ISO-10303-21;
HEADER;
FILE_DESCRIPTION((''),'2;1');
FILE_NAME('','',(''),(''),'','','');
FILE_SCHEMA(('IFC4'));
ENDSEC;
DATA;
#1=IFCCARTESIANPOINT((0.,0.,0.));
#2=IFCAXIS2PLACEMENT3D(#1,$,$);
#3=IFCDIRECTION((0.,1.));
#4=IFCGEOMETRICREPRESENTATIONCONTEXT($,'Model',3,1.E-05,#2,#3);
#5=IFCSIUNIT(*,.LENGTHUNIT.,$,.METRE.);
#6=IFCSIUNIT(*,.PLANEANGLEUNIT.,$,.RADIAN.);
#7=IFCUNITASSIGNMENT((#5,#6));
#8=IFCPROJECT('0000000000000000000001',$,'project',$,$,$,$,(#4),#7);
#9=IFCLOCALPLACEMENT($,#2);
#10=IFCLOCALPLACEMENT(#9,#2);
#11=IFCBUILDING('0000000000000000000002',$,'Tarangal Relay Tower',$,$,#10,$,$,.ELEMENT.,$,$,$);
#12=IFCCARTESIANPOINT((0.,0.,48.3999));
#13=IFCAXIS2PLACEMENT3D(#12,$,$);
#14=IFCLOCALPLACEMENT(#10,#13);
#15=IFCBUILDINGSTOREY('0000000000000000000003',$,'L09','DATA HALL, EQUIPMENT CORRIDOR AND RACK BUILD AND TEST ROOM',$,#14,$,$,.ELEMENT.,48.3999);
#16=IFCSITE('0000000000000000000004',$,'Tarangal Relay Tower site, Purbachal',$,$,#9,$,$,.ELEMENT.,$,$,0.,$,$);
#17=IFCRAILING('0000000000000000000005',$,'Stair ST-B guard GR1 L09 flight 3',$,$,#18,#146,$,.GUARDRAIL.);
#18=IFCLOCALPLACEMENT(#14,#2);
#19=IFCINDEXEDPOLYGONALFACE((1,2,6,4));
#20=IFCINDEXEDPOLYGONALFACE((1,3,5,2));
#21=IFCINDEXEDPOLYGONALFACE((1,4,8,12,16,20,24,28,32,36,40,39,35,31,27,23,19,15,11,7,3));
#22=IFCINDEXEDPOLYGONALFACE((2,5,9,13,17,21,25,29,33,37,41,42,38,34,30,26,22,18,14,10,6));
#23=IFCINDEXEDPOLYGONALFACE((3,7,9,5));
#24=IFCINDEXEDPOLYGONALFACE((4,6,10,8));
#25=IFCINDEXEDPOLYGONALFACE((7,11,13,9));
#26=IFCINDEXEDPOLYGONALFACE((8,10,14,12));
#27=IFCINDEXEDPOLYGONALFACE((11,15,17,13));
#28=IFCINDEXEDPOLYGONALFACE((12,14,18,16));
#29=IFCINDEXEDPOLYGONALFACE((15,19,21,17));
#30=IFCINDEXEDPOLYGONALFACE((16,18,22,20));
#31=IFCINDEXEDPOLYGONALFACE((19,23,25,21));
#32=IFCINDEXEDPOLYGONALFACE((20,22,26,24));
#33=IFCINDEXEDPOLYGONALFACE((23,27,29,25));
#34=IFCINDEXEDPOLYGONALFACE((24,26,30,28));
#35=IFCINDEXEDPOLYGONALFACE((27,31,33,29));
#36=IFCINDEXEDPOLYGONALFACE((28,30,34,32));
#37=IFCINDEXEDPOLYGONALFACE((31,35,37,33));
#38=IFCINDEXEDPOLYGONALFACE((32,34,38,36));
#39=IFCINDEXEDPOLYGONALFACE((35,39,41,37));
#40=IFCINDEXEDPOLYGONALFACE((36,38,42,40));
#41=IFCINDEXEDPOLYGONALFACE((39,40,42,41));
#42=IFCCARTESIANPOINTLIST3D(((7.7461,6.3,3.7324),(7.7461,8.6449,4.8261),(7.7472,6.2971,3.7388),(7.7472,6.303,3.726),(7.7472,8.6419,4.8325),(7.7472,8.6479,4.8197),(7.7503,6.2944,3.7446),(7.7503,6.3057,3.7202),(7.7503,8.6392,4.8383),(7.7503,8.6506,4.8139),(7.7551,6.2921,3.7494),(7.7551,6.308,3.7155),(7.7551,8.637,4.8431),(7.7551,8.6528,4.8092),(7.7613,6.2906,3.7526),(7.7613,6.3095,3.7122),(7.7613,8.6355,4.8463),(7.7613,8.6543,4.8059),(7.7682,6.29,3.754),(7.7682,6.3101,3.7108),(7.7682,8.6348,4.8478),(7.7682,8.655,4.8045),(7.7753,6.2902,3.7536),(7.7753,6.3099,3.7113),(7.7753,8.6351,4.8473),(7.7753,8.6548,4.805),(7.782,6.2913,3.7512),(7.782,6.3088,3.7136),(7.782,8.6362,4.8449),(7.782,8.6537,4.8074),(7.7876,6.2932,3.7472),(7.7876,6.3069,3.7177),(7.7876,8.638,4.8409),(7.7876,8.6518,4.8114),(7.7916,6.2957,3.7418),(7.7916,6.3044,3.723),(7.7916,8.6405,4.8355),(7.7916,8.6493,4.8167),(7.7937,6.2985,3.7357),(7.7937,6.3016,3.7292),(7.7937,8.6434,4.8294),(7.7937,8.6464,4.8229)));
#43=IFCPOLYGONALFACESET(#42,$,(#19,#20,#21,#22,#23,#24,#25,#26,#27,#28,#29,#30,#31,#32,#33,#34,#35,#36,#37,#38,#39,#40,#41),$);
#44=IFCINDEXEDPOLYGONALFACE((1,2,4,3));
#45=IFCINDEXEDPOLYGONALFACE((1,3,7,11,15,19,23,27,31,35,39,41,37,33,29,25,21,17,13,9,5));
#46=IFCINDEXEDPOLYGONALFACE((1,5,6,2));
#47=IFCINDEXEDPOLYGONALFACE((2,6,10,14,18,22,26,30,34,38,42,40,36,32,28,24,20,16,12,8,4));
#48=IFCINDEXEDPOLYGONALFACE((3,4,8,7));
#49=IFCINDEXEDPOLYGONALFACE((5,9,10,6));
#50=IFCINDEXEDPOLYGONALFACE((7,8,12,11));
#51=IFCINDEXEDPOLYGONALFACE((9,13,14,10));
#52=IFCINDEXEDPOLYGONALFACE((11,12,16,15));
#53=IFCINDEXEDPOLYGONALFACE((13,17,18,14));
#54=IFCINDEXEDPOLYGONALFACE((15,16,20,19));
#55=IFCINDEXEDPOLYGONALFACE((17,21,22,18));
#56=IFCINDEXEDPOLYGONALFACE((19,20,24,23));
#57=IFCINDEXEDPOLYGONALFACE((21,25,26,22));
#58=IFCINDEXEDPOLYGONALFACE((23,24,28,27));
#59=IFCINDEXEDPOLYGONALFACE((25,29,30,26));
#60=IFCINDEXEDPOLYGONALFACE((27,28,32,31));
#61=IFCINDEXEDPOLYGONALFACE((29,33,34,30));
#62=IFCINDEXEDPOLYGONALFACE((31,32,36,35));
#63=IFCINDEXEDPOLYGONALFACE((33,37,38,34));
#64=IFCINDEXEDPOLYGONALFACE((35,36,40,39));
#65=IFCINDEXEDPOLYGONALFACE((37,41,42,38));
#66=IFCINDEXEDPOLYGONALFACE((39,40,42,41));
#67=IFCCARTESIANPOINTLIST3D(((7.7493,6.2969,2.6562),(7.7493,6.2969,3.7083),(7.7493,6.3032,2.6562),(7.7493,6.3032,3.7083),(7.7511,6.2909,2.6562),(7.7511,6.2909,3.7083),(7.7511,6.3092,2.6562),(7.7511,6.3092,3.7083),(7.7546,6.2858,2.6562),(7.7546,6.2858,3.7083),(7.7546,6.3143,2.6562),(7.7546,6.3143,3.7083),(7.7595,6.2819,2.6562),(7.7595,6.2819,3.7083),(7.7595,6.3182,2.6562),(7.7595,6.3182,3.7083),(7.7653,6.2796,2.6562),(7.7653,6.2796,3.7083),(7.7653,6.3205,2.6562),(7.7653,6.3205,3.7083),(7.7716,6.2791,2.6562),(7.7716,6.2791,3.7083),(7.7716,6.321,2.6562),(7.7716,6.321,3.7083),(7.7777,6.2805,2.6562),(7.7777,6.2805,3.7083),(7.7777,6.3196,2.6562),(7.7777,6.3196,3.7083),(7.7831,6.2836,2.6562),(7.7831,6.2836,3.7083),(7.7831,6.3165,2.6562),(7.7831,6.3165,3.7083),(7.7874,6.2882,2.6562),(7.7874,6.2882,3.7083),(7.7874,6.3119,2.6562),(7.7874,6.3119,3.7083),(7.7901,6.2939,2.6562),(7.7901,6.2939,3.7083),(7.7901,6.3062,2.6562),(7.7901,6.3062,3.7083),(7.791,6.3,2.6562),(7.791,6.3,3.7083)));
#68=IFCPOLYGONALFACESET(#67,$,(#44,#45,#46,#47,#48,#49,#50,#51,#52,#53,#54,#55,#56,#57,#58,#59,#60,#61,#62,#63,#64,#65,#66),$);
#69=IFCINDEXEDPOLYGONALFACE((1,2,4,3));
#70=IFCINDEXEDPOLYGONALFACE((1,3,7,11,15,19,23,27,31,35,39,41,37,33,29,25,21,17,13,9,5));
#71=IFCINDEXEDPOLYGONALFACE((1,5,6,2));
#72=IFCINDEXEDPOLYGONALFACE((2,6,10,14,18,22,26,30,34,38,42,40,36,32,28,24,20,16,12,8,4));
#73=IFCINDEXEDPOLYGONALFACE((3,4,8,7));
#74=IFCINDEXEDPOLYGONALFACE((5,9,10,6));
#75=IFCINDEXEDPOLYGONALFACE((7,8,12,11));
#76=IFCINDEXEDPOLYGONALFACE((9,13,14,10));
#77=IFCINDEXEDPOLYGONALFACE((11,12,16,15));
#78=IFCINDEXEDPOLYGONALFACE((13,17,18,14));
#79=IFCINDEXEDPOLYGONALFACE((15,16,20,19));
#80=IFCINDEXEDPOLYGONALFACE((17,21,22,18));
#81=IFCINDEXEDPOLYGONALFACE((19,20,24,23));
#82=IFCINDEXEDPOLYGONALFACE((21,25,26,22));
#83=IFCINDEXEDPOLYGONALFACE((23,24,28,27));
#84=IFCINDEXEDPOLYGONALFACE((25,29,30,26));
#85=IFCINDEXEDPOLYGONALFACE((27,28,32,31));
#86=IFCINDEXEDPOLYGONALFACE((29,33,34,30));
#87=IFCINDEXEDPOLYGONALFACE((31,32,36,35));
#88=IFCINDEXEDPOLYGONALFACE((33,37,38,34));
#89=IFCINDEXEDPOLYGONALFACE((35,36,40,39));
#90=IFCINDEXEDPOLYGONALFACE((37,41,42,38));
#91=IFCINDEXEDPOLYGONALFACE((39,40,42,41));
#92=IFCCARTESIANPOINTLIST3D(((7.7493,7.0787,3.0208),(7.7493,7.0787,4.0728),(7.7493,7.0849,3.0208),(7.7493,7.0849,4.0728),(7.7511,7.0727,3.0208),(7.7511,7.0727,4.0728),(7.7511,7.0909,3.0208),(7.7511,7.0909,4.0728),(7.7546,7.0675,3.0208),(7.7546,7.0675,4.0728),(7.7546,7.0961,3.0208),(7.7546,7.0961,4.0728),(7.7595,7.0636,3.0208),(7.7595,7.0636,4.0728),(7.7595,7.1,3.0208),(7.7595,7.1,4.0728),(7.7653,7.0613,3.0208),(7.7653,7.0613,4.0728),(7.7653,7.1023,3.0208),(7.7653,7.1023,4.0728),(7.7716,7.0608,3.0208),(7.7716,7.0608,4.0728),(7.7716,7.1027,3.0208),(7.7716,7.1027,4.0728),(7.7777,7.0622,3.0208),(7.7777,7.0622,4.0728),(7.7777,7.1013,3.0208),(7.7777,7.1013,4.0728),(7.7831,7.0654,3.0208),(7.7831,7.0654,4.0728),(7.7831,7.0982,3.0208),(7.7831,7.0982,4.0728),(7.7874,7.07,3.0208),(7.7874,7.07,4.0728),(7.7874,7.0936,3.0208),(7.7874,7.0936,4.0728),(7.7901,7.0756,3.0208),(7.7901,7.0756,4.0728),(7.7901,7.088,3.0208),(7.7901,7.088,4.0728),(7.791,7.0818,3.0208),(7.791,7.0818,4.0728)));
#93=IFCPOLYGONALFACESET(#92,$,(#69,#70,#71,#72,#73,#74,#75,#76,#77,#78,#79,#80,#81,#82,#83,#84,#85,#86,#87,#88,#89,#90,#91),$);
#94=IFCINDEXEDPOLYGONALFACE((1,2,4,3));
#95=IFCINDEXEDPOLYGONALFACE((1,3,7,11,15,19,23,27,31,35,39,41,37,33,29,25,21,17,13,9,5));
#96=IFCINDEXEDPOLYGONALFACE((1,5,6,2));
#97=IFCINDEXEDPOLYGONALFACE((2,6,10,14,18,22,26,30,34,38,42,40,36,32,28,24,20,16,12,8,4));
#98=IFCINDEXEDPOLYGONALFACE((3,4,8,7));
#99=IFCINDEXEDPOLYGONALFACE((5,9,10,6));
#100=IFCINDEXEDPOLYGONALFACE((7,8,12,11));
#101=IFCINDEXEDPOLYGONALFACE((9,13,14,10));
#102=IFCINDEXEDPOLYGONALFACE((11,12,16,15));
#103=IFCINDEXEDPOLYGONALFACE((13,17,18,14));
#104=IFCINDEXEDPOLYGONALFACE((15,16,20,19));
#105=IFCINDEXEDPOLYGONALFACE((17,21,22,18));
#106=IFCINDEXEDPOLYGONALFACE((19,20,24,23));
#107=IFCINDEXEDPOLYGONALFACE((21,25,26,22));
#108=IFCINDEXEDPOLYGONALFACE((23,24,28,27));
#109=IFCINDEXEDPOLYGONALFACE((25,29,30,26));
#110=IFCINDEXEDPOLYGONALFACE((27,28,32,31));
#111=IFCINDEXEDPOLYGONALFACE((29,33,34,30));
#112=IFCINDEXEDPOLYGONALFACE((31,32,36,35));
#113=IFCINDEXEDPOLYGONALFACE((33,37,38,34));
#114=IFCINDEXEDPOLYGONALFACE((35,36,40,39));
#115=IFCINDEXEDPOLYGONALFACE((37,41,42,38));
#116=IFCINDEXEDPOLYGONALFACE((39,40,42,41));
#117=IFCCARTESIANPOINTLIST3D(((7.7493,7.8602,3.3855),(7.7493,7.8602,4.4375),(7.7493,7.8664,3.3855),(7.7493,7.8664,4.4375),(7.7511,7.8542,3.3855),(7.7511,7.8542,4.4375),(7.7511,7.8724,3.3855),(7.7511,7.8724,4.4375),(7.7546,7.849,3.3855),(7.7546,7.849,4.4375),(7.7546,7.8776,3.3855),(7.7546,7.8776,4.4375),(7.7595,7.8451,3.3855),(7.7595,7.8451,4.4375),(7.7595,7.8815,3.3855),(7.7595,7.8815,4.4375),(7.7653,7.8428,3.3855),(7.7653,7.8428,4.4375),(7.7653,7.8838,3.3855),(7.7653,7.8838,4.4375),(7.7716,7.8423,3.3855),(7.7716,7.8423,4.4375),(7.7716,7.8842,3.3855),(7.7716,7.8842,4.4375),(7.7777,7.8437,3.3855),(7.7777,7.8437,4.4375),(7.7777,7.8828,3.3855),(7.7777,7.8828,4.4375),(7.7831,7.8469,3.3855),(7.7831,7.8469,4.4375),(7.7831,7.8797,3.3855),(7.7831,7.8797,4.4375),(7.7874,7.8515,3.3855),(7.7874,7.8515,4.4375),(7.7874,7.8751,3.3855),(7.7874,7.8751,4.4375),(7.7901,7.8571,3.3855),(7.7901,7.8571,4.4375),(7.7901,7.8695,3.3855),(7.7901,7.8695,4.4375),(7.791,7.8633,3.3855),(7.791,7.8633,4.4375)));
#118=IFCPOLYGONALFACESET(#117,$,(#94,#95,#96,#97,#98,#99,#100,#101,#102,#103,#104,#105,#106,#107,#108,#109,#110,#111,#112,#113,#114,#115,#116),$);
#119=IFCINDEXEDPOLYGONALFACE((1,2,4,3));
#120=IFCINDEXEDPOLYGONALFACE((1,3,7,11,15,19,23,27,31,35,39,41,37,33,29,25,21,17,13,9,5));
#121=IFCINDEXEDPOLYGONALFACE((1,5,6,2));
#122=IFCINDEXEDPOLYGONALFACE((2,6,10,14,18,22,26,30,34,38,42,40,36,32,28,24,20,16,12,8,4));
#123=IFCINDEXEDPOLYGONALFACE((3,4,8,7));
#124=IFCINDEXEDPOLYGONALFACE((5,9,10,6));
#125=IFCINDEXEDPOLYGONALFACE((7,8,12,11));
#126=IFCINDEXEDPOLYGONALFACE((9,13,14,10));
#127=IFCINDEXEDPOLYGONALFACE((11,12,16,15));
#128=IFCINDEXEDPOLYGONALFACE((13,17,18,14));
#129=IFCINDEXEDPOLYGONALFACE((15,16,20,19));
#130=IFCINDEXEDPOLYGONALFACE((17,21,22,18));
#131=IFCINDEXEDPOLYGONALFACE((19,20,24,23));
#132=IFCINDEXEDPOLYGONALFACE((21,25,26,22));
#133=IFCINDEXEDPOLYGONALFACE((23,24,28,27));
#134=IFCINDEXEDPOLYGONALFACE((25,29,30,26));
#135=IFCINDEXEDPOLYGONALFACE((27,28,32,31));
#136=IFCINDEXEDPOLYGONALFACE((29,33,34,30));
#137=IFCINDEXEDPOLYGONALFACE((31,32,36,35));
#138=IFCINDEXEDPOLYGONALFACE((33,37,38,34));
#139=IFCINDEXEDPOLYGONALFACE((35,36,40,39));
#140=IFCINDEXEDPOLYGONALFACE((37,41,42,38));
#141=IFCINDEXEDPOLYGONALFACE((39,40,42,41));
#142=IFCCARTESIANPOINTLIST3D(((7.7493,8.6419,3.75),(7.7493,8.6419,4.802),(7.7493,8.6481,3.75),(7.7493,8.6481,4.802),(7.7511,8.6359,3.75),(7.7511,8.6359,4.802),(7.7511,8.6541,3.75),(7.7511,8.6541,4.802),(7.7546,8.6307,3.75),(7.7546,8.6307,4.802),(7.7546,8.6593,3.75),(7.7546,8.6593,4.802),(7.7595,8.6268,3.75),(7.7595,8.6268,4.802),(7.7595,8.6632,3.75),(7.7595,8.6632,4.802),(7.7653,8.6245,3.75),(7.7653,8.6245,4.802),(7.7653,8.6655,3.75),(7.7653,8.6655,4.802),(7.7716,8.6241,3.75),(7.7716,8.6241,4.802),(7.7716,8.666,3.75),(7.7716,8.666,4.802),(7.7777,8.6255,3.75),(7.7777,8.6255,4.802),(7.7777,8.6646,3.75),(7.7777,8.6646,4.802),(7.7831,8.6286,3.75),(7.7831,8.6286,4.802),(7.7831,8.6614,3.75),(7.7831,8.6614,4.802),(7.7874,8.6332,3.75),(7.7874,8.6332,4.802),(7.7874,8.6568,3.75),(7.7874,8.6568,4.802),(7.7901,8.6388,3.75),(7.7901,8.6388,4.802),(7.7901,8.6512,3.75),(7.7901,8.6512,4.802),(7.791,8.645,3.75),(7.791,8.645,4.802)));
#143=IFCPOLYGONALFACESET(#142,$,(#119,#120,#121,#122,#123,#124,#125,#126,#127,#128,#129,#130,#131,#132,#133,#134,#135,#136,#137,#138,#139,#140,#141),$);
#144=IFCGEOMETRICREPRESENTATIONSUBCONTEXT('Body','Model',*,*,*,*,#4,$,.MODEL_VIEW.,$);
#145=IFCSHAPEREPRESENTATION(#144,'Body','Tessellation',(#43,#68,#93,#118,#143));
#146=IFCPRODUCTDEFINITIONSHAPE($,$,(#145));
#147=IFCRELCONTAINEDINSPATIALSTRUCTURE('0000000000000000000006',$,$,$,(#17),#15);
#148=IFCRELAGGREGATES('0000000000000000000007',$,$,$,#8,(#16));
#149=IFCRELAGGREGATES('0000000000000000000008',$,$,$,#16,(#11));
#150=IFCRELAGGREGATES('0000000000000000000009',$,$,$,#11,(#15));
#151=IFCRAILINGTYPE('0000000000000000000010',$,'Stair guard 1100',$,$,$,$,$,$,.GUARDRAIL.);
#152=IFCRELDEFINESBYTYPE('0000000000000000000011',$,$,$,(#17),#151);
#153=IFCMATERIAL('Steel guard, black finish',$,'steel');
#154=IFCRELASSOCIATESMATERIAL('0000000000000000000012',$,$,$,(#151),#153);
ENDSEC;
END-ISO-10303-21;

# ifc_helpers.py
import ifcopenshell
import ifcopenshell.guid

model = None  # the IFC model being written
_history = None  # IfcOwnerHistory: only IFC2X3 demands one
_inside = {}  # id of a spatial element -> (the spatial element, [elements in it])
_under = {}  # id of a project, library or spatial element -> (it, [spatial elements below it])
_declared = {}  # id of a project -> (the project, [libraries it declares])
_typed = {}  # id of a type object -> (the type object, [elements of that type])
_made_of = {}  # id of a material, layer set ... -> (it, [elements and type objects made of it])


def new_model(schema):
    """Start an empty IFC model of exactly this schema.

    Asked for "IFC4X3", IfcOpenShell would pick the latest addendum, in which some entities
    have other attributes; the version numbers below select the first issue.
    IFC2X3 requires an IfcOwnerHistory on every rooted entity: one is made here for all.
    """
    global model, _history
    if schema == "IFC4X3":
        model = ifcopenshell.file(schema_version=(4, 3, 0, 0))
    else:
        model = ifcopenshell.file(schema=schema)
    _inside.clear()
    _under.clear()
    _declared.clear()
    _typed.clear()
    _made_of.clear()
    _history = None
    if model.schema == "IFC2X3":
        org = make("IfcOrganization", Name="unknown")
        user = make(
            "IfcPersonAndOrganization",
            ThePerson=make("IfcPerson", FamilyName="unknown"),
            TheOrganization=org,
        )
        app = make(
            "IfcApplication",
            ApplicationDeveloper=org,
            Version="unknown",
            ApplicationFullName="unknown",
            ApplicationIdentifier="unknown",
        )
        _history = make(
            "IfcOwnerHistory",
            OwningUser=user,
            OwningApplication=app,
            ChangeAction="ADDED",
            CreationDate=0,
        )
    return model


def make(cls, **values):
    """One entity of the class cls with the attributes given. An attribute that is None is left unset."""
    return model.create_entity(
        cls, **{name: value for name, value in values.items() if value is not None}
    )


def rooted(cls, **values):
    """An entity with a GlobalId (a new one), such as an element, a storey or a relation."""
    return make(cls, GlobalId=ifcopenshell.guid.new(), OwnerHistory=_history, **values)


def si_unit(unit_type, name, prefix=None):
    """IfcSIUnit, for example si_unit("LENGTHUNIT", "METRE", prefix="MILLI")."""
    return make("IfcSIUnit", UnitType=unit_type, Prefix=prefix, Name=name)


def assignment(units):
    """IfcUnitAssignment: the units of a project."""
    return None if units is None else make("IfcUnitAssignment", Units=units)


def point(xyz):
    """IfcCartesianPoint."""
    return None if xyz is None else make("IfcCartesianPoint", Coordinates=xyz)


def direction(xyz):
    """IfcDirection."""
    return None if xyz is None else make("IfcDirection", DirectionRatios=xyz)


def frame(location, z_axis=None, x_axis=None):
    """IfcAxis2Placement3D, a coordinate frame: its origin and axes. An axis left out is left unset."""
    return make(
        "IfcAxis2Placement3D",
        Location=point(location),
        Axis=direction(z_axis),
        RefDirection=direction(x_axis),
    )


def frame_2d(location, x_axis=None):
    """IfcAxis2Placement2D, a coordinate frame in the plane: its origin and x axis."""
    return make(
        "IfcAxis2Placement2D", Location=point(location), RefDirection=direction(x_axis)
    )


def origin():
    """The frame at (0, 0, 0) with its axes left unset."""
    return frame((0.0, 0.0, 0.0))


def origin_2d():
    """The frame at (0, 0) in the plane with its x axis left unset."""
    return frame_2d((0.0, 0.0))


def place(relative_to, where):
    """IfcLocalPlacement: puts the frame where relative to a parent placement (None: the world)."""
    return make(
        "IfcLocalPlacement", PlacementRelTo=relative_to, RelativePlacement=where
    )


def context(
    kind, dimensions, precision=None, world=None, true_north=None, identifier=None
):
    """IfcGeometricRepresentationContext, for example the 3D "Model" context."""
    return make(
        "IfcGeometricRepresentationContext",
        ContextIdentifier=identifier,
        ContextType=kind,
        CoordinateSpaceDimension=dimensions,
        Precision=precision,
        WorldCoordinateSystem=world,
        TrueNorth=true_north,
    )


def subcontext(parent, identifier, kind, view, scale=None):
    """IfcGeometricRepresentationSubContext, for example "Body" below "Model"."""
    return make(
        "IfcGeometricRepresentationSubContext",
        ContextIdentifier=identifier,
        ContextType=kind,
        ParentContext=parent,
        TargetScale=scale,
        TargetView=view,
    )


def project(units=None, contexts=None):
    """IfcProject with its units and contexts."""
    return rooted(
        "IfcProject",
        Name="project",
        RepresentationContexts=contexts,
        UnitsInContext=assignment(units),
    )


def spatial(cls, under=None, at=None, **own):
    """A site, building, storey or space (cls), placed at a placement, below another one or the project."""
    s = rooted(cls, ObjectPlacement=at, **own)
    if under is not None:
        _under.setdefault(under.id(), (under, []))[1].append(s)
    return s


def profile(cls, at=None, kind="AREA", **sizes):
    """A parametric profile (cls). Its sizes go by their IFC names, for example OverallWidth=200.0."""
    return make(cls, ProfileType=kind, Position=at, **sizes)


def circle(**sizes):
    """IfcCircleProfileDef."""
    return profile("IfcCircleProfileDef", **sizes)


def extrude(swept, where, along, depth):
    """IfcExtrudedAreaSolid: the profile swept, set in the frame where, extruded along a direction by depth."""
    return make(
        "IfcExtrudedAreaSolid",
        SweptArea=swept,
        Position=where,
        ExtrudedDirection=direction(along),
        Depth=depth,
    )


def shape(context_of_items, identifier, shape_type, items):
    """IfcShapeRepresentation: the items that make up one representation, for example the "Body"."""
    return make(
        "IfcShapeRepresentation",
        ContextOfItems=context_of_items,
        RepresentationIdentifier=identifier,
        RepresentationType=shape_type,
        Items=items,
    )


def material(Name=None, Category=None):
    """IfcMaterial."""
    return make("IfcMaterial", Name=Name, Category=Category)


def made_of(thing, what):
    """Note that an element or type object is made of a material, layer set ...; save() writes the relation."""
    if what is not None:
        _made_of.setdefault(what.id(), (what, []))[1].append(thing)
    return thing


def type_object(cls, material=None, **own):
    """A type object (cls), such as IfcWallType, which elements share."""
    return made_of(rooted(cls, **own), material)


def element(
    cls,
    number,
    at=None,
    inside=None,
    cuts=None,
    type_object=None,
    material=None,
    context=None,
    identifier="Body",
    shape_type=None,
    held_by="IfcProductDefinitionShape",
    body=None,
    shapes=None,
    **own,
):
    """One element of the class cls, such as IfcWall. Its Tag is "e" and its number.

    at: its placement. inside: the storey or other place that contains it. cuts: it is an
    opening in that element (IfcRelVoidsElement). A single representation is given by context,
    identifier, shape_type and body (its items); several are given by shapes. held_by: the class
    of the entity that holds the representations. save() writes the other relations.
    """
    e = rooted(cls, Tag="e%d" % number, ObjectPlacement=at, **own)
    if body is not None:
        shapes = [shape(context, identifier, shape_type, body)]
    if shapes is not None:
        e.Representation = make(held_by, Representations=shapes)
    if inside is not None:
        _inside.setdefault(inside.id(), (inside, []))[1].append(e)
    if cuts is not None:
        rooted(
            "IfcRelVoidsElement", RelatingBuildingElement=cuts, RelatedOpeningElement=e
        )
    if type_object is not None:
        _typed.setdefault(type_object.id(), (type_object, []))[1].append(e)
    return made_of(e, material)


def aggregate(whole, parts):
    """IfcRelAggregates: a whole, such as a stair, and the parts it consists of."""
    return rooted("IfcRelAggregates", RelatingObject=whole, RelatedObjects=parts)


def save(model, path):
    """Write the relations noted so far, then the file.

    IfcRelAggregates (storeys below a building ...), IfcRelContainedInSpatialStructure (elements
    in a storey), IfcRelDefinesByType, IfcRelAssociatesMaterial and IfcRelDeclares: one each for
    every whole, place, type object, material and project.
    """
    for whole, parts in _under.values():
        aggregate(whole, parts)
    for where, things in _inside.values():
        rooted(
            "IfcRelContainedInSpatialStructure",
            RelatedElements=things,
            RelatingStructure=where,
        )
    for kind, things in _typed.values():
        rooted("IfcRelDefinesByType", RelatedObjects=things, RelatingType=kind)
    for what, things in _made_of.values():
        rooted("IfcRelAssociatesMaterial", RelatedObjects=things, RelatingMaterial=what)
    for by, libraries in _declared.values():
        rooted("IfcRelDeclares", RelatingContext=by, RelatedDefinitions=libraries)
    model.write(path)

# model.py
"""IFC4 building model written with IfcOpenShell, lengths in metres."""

from ifc_helpers import new_model, si_unit, direction, frame, origin, origin_2d, place, context, subcontext, project, spatial, circle, extrude, material, type_object, element, save


model = new_model("IFC4")

# Units and contexts
model_context = context("Model", 3, precision=1e-05, world=origin(), true_north=direction((0.0, 1.0)))
body_context = subcontext(model_context, "Body", "Model", "MODEL_VIEW")
ifc_project = project(units=[si_unit("LENGTHUNIT", "METRE"), si_unit("PLANEANGLEUNIT", "RADIAN")], contexts=[model_context])

# Site, building, storey
site_placement = place(None, origin())
site = spatial("IfcSite", under=ifc_project, at=site_placement, Name="Tarangal Relay Tower site, Purbachal", CompositionType="ELEMENT", RefElevation=0.0)
building_placement = place(site_placement, origin())
building = spatial("IfcBuilding", under=site, at=building_placement, Name="Tarangal Relay Tower", CompositionType="ELEMENT")
storey_placement = place(building_placement, frame((0.0, 0.0, 48.3999)))
storey = spatial("IfcBuildingStorey", under=building, at=storey_placement, Name="L09", Description="DATA HALL, EQUIPMENT CORRIDOR AND RACK BUILD AND TEST ROOM", CompositionType="ELEMENT", Elevation=48.3999)

# Railing
ifc_material_1 = material(Name="Steel guard, black finish", Category="steel")
railing_type_1 = type_object("IfcRailingType", Name="Stair guard 1100", PredefinedType="GUARDRAIL", material=ifc_material_1)
railing_1_placement = place(storey_placement, frame((7.77, 6.3, 2.6562)))
element("IfcRailing", 1, at=railing_1_placement, inside=storey, type_object=railing_type_1, Name="Stair ST-B guard GR1 L09 flight 3", PredefinedType="GUARDRAIL", context=body_context, shape_type="SweptSolid", body=[
    extrude(circle(Radius=0.0239, at=origin_2d()), frame((0.0, 0.0, 1.0762), z_axis=(0.0, 0.906267, 0.422705), x_axis=(-1.0, 0.0, 0.0)), (0.0, 0.0, 1.0), 2.5874),
    extrude(circle(Radius=0.021, at=origin_2d()), origin(), (0.0, 0.0, 1.0), 1.052),
    extrude(circle(Radius=0.021, at=origin_2d()), frame((0.0, 0.7817, 0.3645)), (0.0, 0.0, 1.0), 1.052),
    extrude(circle(Radius=0.021, at=origin_2d()), frame((0.0, 1.5632, 0.7292)), (0.0, 0.0, 1.0), 1.052),
    extrude(circle(Radius=0.021, at=origin_2d()), frame((0.0, 2.345, 1.0938)), (0.0, 0.0, 1.0), 1.052),
])

save(model, "model.ifc")
